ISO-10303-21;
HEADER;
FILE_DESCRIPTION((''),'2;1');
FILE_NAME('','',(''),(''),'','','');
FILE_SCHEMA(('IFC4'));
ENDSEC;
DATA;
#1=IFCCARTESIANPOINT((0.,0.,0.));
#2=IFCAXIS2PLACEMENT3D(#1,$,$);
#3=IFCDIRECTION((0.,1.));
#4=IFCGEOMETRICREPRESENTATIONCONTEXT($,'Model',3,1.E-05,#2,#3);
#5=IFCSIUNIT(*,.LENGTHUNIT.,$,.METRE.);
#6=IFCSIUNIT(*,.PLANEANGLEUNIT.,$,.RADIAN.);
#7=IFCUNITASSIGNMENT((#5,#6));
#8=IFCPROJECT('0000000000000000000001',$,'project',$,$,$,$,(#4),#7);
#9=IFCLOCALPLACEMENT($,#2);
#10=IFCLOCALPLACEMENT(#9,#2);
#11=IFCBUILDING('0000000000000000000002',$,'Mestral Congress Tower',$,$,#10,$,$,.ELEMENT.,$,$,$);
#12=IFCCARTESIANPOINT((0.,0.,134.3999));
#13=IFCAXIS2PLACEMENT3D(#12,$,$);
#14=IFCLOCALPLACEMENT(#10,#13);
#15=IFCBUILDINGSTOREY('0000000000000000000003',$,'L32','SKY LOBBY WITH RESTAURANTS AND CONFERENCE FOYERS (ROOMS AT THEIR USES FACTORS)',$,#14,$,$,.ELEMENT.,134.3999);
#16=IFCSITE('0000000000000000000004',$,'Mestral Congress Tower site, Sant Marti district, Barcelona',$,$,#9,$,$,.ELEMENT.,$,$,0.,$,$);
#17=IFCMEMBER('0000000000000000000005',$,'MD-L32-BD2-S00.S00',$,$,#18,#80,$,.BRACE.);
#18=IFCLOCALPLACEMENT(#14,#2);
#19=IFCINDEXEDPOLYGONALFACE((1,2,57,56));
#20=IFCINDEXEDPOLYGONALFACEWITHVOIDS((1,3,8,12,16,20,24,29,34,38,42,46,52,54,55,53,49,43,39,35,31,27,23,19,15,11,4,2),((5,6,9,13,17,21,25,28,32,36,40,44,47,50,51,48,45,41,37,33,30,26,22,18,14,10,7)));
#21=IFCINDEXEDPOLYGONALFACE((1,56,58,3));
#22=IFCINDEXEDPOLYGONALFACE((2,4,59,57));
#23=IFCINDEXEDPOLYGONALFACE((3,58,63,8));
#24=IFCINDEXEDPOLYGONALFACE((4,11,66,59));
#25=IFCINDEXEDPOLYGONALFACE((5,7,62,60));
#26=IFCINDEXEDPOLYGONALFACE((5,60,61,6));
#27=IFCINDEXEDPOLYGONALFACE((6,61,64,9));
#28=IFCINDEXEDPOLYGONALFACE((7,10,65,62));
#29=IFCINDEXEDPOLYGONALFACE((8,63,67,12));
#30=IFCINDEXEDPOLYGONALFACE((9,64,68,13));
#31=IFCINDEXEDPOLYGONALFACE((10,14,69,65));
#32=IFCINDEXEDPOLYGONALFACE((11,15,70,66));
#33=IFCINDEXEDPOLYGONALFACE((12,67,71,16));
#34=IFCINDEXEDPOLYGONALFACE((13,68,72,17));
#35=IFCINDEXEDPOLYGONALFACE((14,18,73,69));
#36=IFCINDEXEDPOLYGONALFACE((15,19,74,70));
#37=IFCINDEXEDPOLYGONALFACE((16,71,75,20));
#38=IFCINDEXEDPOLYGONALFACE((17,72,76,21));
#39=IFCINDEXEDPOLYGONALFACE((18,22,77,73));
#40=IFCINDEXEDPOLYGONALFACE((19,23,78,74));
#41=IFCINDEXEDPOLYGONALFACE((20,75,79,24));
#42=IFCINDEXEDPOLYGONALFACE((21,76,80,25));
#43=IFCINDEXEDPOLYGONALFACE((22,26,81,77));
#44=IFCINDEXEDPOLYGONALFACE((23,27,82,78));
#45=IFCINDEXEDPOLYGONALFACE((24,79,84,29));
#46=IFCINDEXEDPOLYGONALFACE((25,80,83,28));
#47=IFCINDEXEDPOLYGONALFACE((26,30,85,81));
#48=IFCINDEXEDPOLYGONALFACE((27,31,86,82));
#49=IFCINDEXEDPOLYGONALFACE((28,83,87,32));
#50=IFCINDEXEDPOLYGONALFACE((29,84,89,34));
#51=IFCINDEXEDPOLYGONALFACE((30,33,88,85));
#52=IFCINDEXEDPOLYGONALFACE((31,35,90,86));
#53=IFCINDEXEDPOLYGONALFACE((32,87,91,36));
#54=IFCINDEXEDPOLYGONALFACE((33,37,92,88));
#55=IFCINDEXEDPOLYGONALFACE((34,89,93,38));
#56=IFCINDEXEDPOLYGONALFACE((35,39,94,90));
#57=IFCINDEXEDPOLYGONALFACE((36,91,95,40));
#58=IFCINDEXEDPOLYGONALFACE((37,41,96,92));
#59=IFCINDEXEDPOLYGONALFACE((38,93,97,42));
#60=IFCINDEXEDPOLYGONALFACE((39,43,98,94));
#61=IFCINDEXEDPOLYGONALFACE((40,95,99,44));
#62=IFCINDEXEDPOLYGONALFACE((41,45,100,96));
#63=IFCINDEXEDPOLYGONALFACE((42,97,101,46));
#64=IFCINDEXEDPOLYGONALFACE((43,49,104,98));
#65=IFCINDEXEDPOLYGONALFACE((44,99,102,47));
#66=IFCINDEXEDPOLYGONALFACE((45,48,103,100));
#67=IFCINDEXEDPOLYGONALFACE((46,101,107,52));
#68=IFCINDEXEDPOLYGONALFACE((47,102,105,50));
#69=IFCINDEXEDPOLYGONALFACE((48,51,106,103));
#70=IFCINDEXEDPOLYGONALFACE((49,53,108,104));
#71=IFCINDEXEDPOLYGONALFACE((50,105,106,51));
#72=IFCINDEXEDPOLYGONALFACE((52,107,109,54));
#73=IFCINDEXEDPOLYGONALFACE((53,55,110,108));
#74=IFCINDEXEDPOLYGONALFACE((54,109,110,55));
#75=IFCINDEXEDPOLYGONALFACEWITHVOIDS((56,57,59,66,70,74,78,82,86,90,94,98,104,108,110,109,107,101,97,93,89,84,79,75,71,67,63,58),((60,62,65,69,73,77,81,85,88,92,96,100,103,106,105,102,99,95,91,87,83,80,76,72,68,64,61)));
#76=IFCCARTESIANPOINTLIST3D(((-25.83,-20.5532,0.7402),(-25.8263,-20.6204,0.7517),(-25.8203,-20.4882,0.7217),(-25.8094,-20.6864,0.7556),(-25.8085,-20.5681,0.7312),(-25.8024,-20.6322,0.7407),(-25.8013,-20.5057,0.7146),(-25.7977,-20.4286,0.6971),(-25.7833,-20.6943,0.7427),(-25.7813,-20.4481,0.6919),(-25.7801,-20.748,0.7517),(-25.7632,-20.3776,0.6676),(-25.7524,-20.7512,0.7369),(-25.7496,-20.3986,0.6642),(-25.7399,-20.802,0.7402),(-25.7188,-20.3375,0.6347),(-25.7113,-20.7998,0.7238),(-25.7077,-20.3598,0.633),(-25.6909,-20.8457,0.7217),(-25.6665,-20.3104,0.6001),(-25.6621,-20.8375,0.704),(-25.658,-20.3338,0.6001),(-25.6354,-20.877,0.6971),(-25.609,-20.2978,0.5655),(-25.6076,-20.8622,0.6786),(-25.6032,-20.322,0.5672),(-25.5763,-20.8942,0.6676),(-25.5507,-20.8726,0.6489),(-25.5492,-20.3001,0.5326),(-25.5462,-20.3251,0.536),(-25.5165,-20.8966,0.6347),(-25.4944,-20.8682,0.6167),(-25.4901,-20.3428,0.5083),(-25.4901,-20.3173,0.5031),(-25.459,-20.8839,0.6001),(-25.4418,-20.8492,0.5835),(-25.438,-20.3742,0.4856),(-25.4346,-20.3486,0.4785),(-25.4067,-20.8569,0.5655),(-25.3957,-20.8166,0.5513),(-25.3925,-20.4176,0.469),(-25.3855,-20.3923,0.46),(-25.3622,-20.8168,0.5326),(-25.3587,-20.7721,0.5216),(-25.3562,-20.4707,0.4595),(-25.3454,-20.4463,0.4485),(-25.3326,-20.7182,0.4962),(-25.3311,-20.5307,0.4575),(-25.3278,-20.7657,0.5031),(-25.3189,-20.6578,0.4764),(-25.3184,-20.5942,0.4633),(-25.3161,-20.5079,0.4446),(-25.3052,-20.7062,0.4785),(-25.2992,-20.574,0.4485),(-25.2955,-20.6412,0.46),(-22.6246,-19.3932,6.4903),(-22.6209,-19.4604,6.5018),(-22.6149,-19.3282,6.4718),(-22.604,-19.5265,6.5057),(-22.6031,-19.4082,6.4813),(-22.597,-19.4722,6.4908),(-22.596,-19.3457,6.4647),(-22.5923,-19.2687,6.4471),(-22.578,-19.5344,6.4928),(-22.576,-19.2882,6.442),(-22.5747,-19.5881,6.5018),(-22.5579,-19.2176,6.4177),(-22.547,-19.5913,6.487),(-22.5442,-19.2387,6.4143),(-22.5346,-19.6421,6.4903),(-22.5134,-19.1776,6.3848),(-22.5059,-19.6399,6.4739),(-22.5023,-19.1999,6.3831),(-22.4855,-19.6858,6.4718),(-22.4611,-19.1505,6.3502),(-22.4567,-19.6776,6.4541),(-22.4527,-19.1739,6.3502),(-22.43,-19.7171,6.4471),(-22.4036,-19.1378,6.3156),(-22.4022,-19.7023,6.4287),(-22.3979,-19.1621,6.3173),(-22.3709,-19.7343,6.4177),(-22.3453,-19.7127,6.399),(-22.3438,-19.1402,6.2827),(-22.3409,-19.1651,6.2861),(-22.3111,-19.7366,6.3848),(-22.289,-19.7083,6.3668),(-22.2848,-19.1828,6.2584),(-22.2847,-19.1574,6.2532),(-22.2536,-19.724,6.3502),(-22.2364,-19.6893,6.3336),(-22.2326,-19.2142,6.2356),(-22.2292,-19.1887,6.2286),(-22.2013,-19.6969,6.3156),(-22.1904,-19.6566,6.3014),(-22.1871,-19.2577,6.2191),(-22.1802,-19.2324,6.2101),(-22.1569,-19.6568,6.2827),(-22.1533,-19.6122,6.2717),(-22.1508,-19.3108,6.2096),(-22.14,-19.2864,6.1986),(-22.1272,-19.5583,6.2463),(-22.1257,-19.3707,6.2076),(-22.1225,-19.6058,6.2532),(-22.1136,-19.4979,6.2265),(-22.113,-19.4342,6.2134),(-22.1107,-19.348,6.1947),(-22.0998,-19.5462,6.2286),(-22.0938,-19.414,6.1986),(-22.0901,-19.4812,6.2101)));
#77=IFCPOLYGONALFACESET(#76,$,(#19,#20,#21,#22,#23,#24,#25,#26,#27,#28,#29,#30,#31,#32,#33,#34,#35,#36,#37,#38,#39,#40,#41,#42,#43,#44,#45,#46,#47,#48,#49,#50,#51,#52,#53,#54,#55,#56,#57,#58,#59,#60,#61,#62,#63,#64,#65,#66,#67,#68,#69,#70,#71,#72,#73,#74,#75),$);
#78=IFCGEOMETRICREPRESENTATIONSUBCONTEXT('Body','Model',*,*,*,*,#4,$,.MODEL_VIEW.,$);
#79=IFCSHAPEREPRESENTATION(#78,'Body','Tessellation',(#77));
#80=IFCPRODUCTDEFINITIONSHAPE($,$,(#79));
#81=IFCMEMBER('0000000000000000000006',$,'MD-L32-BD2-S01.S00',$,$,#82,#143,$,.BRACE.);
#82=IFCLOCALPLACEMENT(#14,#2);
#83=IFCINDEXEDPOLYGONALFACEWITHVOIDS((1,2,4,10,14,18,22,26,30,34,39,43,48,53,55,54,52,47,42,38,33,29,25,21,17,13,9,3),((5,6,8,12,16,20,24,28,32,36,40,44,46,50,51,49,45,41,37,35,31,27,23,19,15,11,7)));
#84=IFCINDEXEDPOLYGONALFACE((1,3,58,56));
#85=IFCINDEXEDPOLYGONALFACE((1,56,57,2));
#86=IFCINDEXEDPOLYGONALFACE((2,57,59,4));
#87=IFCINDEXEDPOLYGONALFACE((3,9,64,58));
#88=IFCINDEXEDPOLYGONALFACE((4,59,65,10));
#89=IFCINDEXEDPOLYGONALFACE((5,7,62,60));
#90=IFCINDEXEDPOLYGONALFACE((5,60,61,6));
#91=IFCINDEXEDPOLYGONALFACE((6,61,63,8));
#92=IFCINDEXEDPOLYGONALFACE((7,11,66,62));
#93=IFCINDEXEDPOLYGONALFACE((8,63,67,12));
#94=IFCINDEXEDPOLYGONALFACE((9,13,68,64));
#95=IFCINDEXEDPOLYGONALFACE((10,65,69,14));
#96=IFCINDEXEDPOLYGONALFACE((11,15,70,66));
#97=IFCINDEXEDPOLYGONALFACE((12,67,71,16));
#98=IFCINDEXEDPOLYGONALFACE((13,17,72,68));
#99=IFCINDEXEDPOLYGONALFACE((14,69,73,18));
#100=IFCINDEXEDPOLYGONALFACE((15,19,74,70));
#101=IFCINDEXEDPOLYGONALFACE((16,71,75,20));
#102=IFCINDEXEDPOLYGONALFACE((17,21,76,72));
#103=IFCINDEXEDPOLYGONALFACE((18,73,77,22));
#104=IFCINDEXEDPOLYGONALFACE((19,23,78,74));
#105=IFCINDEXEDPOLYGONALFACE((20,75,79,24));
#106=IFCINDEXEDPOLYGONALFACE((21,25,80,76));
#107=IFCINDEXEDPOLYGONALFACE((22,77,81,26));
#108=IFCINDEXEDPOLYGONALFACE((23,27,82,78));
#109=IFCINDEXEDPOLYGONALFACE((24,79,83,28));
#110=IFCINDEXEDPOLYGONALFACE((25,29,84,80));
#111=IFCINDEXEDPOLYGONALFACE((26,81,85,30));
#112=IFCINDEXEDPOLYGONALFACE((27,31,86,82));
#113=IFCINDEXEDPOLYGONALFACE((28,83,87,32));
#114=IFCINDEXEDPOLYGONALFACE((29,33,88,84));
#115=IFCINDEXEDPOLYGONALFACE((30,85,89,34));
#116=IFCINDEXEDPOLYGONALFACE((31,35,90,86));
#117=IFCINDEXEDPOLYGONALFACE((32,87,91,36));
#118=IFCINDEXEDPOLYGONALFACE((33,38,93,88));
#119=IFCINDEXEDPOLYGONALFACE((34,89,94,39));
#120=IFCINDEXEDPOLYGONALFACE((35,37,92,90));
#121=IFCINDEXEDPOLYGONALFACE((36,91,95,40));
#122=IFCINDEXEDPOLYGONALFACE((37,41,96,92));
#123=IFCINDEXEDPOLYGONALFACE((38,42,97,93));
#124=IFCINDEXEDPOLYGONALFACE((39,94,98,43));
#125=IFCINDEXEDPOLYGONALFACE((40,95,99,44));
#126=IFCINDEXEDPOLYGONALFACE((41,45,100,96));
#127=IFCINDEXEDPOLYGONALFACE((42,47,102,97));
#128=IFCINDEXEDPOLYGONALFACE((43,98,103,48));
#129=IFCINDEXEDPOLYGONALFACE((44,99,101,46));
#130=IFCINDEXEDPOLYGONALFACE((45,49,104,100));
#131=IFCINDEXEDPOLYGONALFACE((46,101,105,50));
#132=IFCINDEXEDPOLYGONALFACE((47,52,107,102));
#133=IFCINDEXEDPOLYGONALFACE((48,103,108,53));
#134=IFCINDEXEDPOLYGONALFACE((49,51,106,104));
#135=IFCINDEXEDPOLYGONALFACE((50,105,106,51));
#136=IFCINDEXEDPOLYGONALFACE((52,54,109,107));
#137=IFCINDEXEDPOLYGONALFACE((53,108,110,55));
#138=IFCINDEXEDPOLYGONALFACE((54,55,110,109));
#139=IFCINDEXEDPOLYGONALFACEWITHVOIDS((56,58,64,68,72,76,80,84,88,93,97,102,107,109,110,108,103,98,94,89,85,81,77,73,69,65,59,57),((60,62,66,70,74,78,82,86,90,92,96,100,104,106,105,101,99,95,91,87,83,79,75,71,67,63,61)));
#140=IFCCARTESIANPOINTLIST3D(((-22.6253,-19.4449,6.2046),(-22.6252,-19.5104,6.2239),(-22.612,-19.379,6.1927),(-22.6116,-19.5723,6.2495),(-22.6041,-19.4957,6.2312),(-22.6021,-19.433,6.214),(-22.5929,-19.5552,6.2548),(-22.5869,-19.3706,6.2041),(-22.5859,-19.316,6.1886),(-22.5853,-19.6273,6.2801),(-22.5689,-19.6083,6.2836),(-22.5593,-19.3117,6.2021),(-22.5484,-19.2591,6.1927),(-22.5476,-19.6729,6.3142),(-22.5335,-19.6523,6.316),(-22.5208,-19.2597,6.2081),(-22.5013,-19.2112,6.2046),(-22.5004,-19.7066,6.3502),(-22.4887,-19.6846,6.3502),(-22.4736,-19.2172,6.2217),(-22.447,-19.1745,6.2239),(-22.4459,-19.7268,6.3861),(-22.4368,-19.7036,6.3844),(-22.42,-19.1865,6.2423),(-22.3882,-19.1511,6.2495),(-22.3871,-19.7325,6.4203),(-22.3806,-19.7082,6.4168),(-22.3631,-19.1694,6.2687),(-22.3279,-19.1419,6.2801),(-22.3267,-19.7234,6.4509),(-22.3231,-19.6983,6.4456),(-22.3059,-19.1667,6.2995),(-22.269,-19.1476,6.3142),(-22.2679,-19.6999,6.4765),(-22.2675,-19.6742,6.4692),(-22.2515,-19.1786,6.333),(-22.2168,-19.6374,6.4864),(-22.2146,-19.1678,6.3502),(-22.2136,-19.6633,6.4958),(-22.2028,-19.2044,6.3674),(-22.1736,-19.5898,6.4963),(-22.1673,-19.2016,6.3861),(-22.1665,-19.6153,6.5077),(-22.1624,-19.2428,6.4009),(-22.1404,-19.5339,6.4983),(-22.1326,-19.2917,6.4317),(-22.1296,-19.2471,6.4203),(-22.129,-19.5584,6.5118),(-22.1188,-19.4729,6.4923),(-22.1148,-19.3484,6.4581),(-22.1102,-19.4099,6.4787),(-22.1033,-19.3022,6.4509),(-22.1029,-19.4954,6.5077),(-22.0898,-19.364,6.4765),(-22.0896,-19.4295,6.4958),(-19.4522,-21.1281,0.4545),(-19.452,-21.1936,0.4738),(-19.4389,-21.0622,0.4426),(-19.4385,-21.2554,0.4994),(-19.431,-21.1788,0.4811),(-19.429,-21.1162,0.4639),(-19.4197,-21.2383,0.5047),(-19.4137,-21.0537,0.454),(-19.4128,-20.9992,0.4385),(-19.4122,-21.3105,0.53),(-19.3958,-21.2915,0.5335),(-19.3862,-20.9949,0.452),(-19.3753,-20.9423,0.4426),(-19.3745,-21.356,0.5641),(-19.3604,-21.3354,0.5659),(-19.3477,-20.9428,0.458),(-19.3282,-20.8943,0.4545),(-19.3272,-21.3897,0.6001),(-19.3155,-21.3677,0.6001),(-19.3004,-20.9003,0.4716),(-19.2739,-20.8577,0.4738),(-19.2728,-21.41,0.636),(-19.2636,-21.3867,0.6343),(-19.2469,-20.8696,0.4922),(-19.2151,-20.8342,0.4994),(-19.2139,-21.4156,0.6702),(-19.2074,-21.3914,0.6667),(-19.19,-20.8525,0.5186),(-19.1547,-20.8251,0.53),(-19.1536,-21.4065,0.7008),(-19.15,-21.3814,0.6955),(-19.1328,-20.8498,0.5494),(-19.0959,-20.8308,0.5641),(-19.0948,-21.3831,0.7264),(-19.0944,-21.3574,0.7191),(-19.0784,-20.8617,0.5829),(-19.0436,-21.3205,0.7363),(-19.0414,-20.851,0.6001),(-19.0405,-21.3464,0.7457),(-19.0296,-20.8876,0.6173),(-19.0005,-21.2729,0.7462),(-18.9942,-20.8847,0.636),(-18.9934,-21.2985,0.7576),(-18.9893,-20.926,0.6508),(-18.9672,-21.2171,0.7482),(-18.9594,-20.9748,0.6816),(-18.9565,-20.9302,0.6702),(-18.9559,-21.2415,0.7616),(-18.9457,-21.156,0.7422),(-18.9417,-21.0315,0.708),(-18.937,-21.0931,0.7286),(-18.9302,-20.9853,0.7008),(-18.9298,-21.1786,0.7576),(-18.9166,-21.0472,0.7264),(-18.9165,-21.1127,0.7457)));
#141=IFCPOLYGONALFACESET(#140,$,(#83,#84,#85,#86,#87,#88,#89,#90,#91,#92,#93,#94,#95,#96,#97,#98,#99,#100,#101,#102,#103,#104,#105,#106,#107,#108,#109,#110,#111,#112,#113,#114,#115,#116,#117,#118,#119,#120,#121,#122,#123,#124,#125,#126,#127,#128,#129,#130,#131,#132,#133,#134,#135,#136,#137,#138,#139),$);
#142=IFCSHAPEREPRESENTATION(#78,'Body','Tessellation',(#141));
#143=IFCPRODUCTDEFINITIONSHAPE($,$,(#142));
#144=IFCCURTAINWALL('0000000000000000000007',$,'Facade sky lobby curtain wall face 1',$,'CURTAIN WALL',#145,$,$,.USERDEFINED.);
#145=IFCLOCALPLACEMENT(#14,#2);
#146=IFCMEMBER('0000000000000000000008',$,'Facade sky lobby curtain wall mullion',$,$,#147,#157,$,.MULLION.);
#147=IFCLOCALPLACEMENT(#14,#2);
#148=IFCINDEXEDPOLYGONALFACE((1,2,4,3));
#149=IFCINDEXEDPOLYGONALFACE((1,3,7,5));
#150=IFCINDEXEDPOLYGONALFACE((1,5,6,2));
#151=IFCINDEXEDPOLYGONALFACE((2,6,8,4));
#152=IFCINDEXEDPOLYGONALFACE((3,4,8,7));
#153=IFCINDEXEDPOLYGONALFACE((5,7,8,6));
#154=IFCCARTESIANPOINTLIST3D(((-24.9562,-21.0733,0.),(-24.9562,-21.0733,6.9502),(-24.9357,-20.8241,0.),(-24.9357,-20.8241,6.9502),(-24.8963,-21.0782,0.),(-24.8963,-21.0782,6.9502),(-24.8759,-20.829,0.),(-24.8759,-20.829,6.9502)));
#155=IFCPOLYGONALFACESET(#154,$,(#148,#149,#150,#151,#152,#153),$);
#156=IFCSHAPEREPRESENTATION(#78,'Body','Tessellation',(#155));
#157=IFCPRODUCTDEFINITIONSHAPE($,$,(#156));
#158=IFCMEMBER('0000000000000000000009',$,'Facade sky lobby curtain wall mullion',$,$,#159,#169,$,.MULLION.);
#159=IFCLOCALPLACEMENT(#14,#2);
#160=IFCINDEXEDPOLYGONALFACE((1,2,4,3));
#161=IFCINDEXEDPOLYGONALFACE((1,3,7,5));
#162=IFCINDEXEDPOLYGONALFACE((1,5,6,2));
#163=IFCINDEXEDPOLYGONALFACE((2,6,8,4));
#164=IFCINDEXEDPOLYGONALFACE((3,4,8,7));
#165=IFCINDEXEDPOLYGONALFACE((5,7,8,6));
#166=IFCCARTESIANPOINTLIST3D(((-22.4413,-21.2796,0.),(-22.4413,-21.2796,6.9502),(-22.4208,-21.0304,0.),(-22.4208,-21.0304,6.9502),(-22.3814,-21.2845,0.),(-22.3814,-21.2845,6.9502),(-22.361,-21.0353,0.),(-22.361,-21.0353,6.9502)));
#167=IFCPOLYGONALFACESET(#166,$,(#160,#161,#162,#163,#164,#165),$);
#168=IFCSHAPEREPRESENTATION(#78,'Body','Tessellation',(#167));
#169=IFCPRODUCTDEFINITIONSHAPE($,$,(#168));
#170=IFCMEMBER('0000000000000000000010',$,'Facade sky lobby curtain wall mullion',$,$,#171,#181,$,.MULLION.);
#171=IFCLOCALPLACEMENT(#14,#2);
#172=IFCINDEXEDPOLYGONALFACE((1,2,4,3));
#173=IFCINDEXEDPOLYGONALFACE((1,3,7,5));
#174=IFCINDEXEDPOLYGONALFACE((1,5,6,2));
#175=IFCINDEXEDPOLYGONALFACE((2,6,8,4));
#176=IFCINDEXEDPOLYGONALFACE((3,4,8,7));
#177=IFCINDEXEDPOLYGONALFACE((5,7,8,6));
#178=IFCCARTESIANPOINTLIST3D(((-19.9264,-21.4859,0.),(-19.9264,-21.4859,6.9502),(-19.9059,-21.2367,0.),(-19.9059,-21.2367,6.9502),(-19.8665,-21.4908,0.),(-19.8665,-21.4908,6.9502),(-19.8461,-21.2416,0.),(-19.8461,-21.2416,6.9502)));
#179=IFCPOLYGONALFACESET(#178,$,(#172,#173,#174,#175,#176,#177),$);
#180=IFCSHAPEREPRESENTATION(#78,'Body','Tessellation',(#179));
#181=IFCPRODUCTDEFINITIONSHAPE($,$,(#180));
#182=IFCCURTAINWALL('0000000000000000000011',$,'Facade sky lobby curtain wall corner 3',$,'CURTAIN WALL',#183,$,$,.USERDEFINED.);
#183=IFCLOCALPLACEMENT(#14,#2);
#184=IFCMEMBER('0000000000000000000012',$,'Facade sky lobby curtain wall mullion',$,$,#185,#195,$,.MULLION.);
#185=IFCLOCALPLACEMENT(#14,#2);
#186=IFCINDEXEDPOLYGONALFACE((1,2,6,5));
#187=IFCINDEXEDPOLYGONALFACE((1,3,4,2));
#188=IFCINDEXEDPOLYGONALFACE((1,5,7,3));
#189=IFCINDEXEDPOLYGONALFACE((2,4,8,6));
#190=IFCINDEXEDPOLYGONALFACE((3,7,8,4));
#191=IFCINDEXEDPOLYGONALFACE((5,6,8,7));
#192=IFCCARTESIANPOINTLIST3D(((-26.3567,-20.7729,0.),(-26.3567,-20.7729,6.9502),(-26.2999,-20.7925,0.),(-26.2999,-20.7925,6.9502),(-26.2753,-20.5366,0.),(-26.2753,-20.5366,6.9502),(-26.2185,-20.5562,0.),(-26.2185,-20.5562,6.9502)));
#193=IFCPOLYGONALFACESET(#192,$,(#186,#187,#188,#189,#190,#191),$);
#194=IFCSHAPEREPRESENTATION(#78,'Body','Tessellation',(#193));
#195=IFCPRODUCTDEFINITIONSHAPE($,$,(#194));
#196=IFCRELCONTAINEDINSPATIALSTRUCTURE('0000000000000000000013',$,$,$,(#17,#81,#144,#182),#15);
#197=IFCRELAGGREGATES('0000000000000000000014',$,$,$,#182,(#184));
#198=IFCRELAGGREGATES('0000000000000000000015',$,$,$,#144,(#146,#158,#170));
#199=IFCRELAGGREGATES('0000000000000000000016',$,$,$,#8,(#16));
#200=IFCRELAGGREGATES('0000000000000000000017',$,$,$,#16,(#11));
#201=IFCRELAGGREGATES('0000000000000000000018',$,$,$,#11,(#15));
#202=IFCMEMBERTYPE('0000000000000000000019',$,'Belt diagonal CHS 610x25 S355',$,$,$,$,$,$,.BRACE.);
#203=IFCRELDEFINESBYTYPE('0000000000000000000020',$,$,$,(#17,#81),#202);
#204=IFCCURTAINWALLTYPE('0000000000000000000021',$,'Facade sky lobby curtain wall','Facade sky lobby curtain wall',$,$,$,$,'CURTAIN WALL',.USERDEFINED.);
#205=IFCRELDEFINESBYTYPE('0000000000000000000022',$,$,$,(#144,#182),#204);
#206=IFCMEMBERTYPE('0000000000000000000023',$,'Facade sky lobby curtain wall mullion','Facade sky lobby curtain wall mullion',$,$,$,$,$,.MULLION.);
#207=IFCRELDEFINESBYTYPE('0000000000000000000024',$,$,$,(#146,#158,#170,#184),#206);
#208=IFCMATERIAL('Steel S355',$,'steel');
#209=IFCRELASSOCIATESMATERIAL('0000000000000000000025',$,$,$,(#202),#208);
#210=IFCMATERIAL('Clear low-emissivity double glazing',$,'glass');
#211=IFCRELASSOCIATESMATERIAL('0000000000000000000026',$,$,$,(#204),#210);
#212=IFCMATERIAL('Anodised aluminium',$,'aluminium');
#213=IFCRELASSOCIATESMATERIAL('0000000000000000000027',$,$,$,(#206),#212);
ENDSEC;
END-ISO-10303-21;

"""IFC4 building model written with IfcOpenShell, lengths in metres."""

from ifc_helpers import new_model, si_unit, direction, frame, origin, origin_2d, place, context, subcontext, project, spatial, rectangle, hollow_circle, extrude, material, material_profile, profile_set, type_object, element, aggregate, save


model = new_model("IFC4")

# Units and contexts
model_context = context("Model", 3, precision=1e-05, world=origin(), true_north=direction((0.0, 1.0)))
body_context = subcontext(model_context, "Body", "Model", "MODEL_VIEW")
ifc_project = project(units=[si_unit("LENGTHUNIT", "METRE"), si_unit("PLANEANGLEUNIT", "RADIAN")], contexts=[model_context])

# Site, building, storey
site_placement = place(None, origin())
site = spatial("IfcSite", under=ifc_project, at=site_placement, Name="Mestral Congress Tower site, Sant Marti district, Barcelona", CompositionType="ELEMENT", RefElevation=0.0)
building_placement = place(site_placement, origin())
building = spatial("IfcBuilding", under=site, at=building_placement, Name="Mestral Congress Tower", CompositionType="ELEMENT")
storey_placement = place(building_placement, frame((0.0, 0.0, 134.3999)))
storey = spatial("IfcBuildingStorey", under=building, at=storey_placement, Name="L32", Description="SKY LOBBY WITH RESTAURANTS AND CONFERENCE FOYERS (ROOMS AT THEIR USES FACTORS)", CompositionType="ELEMENT", Elevation=134.3999)

# Members
ifc_material_1 = material(Name="Steel S355", Category="steel")
ifc_material_profile_1 = material_profile(ifc_material_1, hollow_circle(Radius=0.3049, WallThickness=0.0249, at=origin_2d()), Name="CHS 610x25")
ifc_profile_set_1 = profile_set([ifc_material_profile_1], Name="Steel S355")
member_type_1 = type_object("IfcMemberType", Name="Belt diagonal CHS 610x25 S355", PredefinedType="BRACE", material=ifc_profile_set_1)
member_1_placement = place(storey_placement, frame((-25.5627, -20.5972, 0.6001), z_axis=(0.479519, 0.173524, 0.860204), x_axis=(-0.340276, 0.940326, 0.0)))
element("IfcMember", 1, at=member_1_placement, inside=storey, type_object=member_type_1, Name="MD-L32-BD2-S00.S00", PredefinedType="BRACE", context=body_context, shape_type="SweptSolid", body=[
    extrude(hollow_circle(Radius=0.3049, WallThickness=0.0249, at=origin_2d()), origin(), (0.0, 0.0, 1.0), 6.6846),
])
member_2_placement = place(storey_placement, frame((-19.1843, -21.1204, 0.6001), z_axis=(-0.468031, 0.248258, 0.848124), x_axis=(-0.46859, -0.883416, 0.0)))
element("IfcMember", 2, at=member_2_placement, inside=storey, type_object=member_type_1, Name="MD-L32-BD2-S01.S00", PredefinedType="BRACE", context=body_context, shape_type="SweptSolid", body=[
    extrude(hollow_circle(Radius=0.3049, WallThickness=0.0249, at=origin_2d()), origin(), (0.0, 0.0, 1.0), 6.7798),
])

# Curtain wall, members
ifc_material_2 = material(Name="Clear low-emissivity double glazing", Category="glass")
curtain_wall_type = type_object("IfcCurtainWallType", Name="Facade sky lobby curtain wall", Description="Facade sky lobby curtain wall", ElementType="CURTAIN WALL", PredefinedType="USERDEFINED", material=ifc_material_2)
placement = place(storey_placement, origin())
curtain_wall_1 = element("IfcCurtainWall", 3, at=placement, inside=storey, type_object=curtain_wall_type, Name="Facade sky lobby curtain wall face 1", ObjectType="CURTAIN WALL", PredefinedType="USERDEFINED")
ifc_material_3 = material(Name="Anodised aluminium", Category="aluminium")
ifc_material_profile_2 = material_profile(ifc_material_3, rectangle(XDim=0.25, YDim=0.0601, at=origin_2d()), Name="CW1 mullion 250 x 60")
ifc_profile_set_2 = profile_set([ifc_material_profile_2], Name="Anodised aluminium")
member_type_2 = type_object("IfcMemberType", Name="Facade sky lobby curtain wall mullion", Description="Facade sky lobby curtain wall mullion", PredefinedType="MULLION", material=ifc_profile_set_2)
member_3_placement = place(storey_placement, frame((-24.916, -20.9512, 0.0), z_axis=(0.0, 0.0, 1.0), x_axis=(-0.081758, -0.996652, 0.0)))
member_3 = element("IfcMember", 4, at=member_3_placement, type_object=member_type_2, Name="Facade sky lobby curtain wall mullion", PredefinedType="MULLION", context=body_context, shape_type="SweptSolid", body=[
    extrude(rectangle(XDim=0.25, YDim=0.0601, at=origin_2d()), origin(), (0.0, 0.0, 1.0), 6.9502),
])
member_4_placement = place(storey_placement, frame((-22.4011, -21.1575, 0.0), z_axis=(0.0, 0.0, 1.0), x_axis=(-0.081758, -0.996652, 0.0)))
member_4 = element("IfcMember", 5, at=member_4_placement, type_object=member_type_2, Name="Facade sky lobby curtain wall mullion", PredefinedType="MULLION", context=body_context, shape_type="SweptSolid", body=[
    extrude(rectangle(XDim=0.25, YDim=0.0601, at=origin_2d()), origin(), (0.0, 0.0, 1.0), 6.9502),
])
member_5_placement = place(storey_placement, frame((-19.8862, -21.3638, 0.0), z_axis=(0.0, 0.0, 1.0), x_axis=(-0.081758, -0.996652, 0.0)))
member_5 = element("IfcMember", 6, at=member_5_placement, type_object=member_type_2, Name="Facade sky lobby curtain wall mullion", PredefinedType="MULLION", context=body_context, shape_type="SweptSolid", body=[
    extrude(rectangle(XDim=0.25, YDim=0.0601, at=origin_2d()), origin(), (0.0, 0.0, 1.0), 6.9502),
])

# Curtain wall, member
curtain_wall_2 = element("IfcCurtainWall", 7, at=placement, inside=storey, type_object=curtain_wall_type, Name="Facade sky lobby curtain wall corner 3", ObjectType="CURTAIN WALL", PredefinedType="USERDEFINED")
member_6_placement = place(storey_placement, frame((-26.2876, -20.6646, 0.0), z_axis=(0.0, 0.0, 1.0), x_axis=(-0.325887, -0.945409, 0.0)))
member_6 = element("IfcMember", 8, at=member_6_placement, type_object=member_type_2, Name="Facade sky lobby curtain wall mullion", PredefinedType="MULLION", context=body_context, shape_type="SweptSolid", body=[
    extrude(rectangle(XDim=0.25, YDim=0.0601, at=origin_2d()), origin(), (0.0, 0.0, 1.0), 6.9502),
])

aggregate(curtain_wall_2, [member_6])

aggregate(curtain_wall_1, [member_3, member_4, member_5])

save(model, "model.ifc")
